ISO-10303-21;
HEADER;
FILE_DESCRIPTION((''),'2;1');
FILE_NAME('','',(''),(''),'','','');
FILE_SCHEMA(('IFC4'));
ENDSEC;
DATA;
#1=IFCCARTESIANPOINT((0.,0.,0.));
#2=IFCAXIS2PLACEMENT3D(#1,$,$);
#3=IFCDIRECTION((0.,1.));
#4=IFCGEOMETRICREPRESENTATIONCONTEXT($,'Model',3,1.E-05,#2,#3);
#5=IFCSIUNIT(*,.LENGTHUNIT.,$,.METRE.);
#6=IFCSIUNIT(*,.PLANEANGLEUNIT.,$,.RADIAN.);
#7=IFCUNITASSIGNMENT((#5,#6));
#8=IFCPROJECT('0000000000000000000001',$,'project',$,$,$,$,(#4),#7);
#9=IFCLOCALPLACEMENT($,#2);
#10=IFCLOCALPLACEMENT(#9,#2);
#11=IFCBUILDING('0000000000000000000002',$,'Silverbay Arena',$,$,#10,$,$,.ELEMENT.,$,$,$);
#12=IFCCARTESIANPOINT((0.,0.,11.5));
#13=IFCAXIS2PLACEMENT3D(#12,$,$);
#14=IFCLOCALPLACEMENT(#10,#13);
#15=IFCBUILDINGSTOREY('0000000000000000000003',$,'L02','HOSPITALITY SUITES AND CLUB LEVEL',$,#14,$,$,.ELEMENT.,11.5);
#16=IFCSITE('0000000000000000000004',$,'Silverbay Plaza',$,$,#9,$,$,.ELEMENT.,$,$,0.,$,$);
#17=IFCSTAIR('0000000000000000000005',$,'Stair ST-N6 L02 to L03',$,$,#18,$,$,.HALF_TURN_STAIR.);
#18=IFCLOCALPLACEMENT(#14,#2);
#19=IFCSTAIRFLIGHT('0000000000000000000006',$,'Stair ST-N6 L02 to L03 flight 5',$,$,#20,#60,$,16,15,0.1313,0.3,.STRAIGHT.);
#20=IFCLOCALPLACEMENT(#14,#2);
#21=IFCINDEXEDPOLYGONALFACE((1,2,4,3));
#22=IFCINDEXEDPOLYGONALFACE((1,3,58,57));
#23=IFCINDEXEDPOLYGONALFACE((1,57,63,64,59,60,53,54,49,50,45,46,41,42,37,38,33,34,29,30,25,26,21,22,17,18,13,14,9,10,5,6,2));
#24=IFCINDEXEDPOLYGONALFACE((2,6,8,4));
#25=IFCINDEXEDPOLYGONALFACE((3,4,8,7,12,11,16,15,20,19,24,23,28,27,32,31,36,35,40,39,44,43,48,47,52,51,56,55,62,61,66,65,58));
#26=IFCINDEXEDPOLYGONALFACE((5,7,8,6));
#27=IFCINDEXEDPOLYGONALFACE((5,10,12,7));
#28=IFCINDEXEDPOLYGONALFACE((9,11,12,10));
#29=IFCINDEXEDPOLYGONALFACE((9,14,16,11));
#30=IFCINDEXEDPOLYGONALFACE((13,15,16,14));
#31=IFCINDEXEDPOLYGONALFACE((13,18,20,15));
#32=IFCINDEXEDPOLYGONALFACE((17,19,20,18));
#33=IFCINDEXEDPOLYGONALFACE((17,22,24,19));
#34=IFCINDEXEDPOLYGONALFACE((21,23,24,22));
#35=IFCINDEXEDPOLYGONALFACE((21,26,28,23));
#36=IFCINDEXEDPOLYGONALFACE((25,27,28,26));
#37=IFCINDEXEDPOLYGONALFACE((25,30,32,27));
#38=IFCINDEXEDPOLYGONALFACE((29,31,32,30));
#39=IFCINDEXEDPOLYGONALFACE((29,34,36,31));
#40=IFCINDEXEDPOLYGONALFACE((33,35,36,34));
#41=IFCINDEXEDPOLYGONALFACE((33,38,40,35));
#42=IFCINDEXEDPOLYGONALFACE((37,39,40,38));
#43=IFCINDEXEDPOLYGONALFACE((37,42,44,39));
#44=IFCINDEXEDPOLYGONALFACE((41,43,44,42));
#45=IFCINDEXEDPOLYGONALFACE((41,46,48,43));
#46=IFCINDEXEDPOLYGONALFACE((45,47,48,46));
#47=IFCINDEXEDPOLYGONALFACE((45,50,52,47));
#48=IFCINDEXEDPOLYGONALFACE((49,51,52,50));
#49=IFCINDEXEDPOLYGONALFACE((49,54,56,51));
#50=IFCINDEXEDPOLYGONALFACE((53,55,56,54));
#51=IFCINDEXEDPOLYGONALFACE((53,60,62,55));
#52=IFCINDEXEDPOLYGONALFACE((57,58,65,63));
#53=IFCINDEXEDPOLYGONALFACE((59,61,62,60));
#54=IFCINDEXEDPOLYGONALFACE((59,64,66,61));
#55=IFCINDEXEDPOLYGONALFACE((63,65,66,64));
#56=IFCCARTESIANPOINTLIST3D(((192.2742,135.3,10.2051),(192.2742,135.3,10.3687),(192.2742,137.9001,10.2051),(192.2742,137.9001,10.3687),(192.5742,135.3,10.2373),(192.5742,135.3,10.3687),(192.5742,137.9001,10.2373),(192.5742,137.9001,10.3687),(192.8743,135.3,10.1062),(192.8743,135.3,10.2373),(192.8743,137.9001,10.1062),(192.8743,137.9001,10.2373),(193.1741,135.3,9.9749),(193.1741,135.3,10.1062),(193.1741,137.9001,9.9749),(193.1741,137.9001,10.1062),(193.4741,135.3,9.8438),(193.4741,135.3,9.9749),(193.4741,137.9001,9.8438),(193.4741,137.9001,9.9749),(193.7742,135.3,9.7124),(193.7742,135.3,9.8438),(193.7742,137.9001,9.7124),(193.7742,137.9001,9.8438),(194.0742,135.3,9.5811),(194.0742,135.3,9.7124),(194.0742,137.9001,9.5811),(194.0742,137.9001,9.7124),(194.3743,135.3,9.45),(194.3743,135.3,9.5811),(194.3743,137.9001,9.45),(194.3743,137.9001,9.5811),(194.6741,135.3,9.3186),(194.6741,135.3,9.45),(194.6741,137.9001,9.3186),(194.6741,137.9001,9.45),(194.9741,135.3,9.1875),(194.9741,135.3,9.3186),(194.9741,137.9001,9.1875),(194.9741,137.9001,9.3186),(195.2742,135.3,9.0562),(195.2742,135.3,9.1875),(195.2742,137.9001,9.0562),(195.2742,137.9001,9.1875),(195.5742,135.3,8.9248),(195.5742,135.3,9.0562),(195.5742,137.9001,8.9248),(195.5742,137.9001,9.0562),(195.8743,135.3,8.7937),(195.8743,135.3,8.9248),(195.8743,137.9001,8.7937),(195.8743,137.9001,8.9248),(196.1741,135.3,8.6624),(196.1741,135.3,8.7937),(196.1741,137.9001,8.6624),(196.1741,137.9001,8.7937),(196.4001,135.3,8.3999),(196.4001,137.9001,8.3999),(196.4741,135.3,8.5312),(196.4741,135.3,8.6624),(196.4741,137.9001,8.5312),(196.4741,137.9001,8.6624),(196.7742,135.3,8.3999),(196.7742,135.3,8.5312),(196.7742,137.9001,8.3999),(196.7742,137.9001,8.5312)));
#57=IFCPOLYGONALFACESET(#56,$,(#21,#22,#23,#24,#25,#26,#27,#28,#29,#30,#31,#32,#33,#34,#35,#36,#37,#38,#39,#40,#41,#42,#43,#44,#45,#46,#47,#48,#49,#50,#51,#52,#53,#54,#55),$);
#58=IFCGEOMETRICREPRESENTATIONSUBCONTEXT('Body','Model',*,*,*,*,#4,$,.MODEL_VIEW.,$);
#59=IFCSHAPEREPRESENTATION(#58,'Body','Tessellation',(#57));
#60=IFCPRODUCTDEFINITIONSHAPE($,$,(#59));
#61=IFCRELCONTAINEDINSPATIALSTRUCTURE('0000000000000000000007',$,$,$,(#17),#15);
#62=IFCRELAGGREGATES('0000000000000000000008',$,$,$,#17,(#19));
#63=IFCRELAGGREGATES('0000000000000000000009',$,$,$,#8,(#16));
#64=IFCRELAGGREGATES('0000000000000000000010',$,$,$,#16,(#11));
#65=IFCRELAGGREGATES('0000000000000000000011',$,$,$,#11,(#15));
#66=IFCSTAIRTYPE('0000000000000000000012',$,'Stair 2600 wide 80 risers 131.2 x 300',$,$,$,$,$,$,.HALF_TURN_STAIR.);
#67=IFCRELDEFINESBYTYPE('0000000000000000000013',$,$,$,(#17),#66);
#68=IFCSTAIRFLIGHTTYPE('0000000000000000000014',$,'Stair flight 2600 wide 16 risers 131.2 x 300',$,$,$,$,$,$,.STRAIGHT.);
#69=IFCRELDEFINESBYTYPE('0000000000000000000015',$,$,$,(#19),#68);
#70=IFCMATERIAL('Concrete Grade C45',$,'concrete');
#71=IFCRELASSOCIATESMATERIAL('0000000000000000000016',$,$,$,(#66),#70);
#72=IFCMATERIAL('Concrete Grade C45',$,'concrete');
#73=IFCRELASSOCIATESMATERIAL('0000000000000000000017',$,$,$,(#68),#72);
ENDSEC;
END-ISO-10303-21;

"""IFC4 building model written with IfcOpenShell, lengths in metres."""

from ifc_helpers import new_model, si_unit, direction, frame, origin, place, context, subcontext, project, spatial, polyline, outline, extrude, material, type_object, element, aggregate, save


model = new_model("IFC4")

# Units and contexts
model_context = context("Model", 3, precision=1e-05, world=origin(), true_north=direction((0.0, 1.0)))
body_context = subcontext(model_context, "Body", "Model", "MODEL_VIEW")
ifc_project = project(units=[si_unit("LENGTHUNIT", "METRE"), si_unit("PLANEANGLEUNIT", "RADIAN")], contexts=[model_context])

# Site, building, storey
site_placement = place(None, origin())
site = spatial("IfcSite", under=ifc_project, at=site_placement, Name="Silverbay Plaza", CompositionType="ELEMENT", RefElevation=0.0)
building_placement = place(site_placement, origin())
building = spatial("IfcBuilding", under=site, at=building_placement, Name="Silverbay Arena", CompositionType="ELEMENT")
storey_placement = place(building_placement, frame((0.0, 0.0, 11.5)))
storey = spatial("IfcBuildingStorey", under=building, at=storey_placement, Name="L02", Description="HOSPITALITY SUITES AND CLUB LEVEL", CompositionType="ELEMENT", Elevation=11.5)

# Stair, stair flight
ifc_material_1 = material(Name="Concrete Grade C45", Category="concrete")
stair_type = type_object("IfcStairType", Name="Stair 2600 wide 80 risers 131.2 x 300", PredefinedType="HALF_TURN_STAIR", material=ifc_material_1)
stair_placement = place(storey_placement, origin())
stair = element("IfcStair", 1, at=stair_placement, inside=storey, type_object=stair_type, Name="Stair ST-N6 L02 to L03", PredefinedType="HALF_TURN_STAIR")
ifc_material_2 = material(Name="Concrete Grade C45", Category="concrete")
stair_flight_type = type_object("IfcStairFlightType", Name="Stair flight 2600 wide 16 risers 131.2 x 300", PredefinedType="STRAIGHT", material=ifc_material_2)
stair_flight_1_placement = place(storey_placement, frame((196.7742, 136.6001, 8.3999), z_axis=(0.0, 0.0, 1.0), x_axis=(-1.0, 0.0, 0.0)))
stair_flight_1 = element("IfcStairFlight", 2, at=stair_flight_1_placement, type_object=stair_flight_type, Name="Stair ST-N6 L02 to L03 flight 5", NumberOfRisers=16, NumberOfTreads=15, PredefinedType="STRAIGHT", RiserHeight=0.1313, TreadLength=0.3, context=body_context, shape_type="SweptSolid", body=[
    extrude(outline(polyline([(0.0, 0.0), (0.0, 0.1313), (0.3, 0.1313), (0.3, 0.2625), (0.6001, 0.2625), (0.6001, 0.3938), (0.8999, 0.3938), (0.8999, 0.5249), (1.2, 0.5249), (1.2, 0.6562), (1.5, 0.6562), (1.5, 0.7876), (1.8, 0.7876), (1.8, 0.9187), (2.1001, 0.9187), (2.1001, 1.05), (2.3999, 1.05), (2.3999, 1.1812), (2.7, 1.1812), (2.7, 1.3125), (3.0, 1.3125), (3.0, 1.4438), (3.3, 1.4438), (3.3, 1.575), (3.6001, 1.575), (3.6001, 1.7063), (3.8999, 1.7063), (3.8999, 1.8374), (4.2, 1.8374), (4.2, 1.9688), (4.5, 1.9688), (4.5, 1.8052), (0.374, 0.0), (0.0, 0.0)])), frame((0.0, 1.3, 0.0), z_axis=(0.0, -1.0, 0.0), x_axis=(1.0, 0.0, 0.0)), (0.0, 0.0, 1.0), 2.6001),
])
aggregate(stair, [stair_flight_1])

save(model, "model.ifc")
